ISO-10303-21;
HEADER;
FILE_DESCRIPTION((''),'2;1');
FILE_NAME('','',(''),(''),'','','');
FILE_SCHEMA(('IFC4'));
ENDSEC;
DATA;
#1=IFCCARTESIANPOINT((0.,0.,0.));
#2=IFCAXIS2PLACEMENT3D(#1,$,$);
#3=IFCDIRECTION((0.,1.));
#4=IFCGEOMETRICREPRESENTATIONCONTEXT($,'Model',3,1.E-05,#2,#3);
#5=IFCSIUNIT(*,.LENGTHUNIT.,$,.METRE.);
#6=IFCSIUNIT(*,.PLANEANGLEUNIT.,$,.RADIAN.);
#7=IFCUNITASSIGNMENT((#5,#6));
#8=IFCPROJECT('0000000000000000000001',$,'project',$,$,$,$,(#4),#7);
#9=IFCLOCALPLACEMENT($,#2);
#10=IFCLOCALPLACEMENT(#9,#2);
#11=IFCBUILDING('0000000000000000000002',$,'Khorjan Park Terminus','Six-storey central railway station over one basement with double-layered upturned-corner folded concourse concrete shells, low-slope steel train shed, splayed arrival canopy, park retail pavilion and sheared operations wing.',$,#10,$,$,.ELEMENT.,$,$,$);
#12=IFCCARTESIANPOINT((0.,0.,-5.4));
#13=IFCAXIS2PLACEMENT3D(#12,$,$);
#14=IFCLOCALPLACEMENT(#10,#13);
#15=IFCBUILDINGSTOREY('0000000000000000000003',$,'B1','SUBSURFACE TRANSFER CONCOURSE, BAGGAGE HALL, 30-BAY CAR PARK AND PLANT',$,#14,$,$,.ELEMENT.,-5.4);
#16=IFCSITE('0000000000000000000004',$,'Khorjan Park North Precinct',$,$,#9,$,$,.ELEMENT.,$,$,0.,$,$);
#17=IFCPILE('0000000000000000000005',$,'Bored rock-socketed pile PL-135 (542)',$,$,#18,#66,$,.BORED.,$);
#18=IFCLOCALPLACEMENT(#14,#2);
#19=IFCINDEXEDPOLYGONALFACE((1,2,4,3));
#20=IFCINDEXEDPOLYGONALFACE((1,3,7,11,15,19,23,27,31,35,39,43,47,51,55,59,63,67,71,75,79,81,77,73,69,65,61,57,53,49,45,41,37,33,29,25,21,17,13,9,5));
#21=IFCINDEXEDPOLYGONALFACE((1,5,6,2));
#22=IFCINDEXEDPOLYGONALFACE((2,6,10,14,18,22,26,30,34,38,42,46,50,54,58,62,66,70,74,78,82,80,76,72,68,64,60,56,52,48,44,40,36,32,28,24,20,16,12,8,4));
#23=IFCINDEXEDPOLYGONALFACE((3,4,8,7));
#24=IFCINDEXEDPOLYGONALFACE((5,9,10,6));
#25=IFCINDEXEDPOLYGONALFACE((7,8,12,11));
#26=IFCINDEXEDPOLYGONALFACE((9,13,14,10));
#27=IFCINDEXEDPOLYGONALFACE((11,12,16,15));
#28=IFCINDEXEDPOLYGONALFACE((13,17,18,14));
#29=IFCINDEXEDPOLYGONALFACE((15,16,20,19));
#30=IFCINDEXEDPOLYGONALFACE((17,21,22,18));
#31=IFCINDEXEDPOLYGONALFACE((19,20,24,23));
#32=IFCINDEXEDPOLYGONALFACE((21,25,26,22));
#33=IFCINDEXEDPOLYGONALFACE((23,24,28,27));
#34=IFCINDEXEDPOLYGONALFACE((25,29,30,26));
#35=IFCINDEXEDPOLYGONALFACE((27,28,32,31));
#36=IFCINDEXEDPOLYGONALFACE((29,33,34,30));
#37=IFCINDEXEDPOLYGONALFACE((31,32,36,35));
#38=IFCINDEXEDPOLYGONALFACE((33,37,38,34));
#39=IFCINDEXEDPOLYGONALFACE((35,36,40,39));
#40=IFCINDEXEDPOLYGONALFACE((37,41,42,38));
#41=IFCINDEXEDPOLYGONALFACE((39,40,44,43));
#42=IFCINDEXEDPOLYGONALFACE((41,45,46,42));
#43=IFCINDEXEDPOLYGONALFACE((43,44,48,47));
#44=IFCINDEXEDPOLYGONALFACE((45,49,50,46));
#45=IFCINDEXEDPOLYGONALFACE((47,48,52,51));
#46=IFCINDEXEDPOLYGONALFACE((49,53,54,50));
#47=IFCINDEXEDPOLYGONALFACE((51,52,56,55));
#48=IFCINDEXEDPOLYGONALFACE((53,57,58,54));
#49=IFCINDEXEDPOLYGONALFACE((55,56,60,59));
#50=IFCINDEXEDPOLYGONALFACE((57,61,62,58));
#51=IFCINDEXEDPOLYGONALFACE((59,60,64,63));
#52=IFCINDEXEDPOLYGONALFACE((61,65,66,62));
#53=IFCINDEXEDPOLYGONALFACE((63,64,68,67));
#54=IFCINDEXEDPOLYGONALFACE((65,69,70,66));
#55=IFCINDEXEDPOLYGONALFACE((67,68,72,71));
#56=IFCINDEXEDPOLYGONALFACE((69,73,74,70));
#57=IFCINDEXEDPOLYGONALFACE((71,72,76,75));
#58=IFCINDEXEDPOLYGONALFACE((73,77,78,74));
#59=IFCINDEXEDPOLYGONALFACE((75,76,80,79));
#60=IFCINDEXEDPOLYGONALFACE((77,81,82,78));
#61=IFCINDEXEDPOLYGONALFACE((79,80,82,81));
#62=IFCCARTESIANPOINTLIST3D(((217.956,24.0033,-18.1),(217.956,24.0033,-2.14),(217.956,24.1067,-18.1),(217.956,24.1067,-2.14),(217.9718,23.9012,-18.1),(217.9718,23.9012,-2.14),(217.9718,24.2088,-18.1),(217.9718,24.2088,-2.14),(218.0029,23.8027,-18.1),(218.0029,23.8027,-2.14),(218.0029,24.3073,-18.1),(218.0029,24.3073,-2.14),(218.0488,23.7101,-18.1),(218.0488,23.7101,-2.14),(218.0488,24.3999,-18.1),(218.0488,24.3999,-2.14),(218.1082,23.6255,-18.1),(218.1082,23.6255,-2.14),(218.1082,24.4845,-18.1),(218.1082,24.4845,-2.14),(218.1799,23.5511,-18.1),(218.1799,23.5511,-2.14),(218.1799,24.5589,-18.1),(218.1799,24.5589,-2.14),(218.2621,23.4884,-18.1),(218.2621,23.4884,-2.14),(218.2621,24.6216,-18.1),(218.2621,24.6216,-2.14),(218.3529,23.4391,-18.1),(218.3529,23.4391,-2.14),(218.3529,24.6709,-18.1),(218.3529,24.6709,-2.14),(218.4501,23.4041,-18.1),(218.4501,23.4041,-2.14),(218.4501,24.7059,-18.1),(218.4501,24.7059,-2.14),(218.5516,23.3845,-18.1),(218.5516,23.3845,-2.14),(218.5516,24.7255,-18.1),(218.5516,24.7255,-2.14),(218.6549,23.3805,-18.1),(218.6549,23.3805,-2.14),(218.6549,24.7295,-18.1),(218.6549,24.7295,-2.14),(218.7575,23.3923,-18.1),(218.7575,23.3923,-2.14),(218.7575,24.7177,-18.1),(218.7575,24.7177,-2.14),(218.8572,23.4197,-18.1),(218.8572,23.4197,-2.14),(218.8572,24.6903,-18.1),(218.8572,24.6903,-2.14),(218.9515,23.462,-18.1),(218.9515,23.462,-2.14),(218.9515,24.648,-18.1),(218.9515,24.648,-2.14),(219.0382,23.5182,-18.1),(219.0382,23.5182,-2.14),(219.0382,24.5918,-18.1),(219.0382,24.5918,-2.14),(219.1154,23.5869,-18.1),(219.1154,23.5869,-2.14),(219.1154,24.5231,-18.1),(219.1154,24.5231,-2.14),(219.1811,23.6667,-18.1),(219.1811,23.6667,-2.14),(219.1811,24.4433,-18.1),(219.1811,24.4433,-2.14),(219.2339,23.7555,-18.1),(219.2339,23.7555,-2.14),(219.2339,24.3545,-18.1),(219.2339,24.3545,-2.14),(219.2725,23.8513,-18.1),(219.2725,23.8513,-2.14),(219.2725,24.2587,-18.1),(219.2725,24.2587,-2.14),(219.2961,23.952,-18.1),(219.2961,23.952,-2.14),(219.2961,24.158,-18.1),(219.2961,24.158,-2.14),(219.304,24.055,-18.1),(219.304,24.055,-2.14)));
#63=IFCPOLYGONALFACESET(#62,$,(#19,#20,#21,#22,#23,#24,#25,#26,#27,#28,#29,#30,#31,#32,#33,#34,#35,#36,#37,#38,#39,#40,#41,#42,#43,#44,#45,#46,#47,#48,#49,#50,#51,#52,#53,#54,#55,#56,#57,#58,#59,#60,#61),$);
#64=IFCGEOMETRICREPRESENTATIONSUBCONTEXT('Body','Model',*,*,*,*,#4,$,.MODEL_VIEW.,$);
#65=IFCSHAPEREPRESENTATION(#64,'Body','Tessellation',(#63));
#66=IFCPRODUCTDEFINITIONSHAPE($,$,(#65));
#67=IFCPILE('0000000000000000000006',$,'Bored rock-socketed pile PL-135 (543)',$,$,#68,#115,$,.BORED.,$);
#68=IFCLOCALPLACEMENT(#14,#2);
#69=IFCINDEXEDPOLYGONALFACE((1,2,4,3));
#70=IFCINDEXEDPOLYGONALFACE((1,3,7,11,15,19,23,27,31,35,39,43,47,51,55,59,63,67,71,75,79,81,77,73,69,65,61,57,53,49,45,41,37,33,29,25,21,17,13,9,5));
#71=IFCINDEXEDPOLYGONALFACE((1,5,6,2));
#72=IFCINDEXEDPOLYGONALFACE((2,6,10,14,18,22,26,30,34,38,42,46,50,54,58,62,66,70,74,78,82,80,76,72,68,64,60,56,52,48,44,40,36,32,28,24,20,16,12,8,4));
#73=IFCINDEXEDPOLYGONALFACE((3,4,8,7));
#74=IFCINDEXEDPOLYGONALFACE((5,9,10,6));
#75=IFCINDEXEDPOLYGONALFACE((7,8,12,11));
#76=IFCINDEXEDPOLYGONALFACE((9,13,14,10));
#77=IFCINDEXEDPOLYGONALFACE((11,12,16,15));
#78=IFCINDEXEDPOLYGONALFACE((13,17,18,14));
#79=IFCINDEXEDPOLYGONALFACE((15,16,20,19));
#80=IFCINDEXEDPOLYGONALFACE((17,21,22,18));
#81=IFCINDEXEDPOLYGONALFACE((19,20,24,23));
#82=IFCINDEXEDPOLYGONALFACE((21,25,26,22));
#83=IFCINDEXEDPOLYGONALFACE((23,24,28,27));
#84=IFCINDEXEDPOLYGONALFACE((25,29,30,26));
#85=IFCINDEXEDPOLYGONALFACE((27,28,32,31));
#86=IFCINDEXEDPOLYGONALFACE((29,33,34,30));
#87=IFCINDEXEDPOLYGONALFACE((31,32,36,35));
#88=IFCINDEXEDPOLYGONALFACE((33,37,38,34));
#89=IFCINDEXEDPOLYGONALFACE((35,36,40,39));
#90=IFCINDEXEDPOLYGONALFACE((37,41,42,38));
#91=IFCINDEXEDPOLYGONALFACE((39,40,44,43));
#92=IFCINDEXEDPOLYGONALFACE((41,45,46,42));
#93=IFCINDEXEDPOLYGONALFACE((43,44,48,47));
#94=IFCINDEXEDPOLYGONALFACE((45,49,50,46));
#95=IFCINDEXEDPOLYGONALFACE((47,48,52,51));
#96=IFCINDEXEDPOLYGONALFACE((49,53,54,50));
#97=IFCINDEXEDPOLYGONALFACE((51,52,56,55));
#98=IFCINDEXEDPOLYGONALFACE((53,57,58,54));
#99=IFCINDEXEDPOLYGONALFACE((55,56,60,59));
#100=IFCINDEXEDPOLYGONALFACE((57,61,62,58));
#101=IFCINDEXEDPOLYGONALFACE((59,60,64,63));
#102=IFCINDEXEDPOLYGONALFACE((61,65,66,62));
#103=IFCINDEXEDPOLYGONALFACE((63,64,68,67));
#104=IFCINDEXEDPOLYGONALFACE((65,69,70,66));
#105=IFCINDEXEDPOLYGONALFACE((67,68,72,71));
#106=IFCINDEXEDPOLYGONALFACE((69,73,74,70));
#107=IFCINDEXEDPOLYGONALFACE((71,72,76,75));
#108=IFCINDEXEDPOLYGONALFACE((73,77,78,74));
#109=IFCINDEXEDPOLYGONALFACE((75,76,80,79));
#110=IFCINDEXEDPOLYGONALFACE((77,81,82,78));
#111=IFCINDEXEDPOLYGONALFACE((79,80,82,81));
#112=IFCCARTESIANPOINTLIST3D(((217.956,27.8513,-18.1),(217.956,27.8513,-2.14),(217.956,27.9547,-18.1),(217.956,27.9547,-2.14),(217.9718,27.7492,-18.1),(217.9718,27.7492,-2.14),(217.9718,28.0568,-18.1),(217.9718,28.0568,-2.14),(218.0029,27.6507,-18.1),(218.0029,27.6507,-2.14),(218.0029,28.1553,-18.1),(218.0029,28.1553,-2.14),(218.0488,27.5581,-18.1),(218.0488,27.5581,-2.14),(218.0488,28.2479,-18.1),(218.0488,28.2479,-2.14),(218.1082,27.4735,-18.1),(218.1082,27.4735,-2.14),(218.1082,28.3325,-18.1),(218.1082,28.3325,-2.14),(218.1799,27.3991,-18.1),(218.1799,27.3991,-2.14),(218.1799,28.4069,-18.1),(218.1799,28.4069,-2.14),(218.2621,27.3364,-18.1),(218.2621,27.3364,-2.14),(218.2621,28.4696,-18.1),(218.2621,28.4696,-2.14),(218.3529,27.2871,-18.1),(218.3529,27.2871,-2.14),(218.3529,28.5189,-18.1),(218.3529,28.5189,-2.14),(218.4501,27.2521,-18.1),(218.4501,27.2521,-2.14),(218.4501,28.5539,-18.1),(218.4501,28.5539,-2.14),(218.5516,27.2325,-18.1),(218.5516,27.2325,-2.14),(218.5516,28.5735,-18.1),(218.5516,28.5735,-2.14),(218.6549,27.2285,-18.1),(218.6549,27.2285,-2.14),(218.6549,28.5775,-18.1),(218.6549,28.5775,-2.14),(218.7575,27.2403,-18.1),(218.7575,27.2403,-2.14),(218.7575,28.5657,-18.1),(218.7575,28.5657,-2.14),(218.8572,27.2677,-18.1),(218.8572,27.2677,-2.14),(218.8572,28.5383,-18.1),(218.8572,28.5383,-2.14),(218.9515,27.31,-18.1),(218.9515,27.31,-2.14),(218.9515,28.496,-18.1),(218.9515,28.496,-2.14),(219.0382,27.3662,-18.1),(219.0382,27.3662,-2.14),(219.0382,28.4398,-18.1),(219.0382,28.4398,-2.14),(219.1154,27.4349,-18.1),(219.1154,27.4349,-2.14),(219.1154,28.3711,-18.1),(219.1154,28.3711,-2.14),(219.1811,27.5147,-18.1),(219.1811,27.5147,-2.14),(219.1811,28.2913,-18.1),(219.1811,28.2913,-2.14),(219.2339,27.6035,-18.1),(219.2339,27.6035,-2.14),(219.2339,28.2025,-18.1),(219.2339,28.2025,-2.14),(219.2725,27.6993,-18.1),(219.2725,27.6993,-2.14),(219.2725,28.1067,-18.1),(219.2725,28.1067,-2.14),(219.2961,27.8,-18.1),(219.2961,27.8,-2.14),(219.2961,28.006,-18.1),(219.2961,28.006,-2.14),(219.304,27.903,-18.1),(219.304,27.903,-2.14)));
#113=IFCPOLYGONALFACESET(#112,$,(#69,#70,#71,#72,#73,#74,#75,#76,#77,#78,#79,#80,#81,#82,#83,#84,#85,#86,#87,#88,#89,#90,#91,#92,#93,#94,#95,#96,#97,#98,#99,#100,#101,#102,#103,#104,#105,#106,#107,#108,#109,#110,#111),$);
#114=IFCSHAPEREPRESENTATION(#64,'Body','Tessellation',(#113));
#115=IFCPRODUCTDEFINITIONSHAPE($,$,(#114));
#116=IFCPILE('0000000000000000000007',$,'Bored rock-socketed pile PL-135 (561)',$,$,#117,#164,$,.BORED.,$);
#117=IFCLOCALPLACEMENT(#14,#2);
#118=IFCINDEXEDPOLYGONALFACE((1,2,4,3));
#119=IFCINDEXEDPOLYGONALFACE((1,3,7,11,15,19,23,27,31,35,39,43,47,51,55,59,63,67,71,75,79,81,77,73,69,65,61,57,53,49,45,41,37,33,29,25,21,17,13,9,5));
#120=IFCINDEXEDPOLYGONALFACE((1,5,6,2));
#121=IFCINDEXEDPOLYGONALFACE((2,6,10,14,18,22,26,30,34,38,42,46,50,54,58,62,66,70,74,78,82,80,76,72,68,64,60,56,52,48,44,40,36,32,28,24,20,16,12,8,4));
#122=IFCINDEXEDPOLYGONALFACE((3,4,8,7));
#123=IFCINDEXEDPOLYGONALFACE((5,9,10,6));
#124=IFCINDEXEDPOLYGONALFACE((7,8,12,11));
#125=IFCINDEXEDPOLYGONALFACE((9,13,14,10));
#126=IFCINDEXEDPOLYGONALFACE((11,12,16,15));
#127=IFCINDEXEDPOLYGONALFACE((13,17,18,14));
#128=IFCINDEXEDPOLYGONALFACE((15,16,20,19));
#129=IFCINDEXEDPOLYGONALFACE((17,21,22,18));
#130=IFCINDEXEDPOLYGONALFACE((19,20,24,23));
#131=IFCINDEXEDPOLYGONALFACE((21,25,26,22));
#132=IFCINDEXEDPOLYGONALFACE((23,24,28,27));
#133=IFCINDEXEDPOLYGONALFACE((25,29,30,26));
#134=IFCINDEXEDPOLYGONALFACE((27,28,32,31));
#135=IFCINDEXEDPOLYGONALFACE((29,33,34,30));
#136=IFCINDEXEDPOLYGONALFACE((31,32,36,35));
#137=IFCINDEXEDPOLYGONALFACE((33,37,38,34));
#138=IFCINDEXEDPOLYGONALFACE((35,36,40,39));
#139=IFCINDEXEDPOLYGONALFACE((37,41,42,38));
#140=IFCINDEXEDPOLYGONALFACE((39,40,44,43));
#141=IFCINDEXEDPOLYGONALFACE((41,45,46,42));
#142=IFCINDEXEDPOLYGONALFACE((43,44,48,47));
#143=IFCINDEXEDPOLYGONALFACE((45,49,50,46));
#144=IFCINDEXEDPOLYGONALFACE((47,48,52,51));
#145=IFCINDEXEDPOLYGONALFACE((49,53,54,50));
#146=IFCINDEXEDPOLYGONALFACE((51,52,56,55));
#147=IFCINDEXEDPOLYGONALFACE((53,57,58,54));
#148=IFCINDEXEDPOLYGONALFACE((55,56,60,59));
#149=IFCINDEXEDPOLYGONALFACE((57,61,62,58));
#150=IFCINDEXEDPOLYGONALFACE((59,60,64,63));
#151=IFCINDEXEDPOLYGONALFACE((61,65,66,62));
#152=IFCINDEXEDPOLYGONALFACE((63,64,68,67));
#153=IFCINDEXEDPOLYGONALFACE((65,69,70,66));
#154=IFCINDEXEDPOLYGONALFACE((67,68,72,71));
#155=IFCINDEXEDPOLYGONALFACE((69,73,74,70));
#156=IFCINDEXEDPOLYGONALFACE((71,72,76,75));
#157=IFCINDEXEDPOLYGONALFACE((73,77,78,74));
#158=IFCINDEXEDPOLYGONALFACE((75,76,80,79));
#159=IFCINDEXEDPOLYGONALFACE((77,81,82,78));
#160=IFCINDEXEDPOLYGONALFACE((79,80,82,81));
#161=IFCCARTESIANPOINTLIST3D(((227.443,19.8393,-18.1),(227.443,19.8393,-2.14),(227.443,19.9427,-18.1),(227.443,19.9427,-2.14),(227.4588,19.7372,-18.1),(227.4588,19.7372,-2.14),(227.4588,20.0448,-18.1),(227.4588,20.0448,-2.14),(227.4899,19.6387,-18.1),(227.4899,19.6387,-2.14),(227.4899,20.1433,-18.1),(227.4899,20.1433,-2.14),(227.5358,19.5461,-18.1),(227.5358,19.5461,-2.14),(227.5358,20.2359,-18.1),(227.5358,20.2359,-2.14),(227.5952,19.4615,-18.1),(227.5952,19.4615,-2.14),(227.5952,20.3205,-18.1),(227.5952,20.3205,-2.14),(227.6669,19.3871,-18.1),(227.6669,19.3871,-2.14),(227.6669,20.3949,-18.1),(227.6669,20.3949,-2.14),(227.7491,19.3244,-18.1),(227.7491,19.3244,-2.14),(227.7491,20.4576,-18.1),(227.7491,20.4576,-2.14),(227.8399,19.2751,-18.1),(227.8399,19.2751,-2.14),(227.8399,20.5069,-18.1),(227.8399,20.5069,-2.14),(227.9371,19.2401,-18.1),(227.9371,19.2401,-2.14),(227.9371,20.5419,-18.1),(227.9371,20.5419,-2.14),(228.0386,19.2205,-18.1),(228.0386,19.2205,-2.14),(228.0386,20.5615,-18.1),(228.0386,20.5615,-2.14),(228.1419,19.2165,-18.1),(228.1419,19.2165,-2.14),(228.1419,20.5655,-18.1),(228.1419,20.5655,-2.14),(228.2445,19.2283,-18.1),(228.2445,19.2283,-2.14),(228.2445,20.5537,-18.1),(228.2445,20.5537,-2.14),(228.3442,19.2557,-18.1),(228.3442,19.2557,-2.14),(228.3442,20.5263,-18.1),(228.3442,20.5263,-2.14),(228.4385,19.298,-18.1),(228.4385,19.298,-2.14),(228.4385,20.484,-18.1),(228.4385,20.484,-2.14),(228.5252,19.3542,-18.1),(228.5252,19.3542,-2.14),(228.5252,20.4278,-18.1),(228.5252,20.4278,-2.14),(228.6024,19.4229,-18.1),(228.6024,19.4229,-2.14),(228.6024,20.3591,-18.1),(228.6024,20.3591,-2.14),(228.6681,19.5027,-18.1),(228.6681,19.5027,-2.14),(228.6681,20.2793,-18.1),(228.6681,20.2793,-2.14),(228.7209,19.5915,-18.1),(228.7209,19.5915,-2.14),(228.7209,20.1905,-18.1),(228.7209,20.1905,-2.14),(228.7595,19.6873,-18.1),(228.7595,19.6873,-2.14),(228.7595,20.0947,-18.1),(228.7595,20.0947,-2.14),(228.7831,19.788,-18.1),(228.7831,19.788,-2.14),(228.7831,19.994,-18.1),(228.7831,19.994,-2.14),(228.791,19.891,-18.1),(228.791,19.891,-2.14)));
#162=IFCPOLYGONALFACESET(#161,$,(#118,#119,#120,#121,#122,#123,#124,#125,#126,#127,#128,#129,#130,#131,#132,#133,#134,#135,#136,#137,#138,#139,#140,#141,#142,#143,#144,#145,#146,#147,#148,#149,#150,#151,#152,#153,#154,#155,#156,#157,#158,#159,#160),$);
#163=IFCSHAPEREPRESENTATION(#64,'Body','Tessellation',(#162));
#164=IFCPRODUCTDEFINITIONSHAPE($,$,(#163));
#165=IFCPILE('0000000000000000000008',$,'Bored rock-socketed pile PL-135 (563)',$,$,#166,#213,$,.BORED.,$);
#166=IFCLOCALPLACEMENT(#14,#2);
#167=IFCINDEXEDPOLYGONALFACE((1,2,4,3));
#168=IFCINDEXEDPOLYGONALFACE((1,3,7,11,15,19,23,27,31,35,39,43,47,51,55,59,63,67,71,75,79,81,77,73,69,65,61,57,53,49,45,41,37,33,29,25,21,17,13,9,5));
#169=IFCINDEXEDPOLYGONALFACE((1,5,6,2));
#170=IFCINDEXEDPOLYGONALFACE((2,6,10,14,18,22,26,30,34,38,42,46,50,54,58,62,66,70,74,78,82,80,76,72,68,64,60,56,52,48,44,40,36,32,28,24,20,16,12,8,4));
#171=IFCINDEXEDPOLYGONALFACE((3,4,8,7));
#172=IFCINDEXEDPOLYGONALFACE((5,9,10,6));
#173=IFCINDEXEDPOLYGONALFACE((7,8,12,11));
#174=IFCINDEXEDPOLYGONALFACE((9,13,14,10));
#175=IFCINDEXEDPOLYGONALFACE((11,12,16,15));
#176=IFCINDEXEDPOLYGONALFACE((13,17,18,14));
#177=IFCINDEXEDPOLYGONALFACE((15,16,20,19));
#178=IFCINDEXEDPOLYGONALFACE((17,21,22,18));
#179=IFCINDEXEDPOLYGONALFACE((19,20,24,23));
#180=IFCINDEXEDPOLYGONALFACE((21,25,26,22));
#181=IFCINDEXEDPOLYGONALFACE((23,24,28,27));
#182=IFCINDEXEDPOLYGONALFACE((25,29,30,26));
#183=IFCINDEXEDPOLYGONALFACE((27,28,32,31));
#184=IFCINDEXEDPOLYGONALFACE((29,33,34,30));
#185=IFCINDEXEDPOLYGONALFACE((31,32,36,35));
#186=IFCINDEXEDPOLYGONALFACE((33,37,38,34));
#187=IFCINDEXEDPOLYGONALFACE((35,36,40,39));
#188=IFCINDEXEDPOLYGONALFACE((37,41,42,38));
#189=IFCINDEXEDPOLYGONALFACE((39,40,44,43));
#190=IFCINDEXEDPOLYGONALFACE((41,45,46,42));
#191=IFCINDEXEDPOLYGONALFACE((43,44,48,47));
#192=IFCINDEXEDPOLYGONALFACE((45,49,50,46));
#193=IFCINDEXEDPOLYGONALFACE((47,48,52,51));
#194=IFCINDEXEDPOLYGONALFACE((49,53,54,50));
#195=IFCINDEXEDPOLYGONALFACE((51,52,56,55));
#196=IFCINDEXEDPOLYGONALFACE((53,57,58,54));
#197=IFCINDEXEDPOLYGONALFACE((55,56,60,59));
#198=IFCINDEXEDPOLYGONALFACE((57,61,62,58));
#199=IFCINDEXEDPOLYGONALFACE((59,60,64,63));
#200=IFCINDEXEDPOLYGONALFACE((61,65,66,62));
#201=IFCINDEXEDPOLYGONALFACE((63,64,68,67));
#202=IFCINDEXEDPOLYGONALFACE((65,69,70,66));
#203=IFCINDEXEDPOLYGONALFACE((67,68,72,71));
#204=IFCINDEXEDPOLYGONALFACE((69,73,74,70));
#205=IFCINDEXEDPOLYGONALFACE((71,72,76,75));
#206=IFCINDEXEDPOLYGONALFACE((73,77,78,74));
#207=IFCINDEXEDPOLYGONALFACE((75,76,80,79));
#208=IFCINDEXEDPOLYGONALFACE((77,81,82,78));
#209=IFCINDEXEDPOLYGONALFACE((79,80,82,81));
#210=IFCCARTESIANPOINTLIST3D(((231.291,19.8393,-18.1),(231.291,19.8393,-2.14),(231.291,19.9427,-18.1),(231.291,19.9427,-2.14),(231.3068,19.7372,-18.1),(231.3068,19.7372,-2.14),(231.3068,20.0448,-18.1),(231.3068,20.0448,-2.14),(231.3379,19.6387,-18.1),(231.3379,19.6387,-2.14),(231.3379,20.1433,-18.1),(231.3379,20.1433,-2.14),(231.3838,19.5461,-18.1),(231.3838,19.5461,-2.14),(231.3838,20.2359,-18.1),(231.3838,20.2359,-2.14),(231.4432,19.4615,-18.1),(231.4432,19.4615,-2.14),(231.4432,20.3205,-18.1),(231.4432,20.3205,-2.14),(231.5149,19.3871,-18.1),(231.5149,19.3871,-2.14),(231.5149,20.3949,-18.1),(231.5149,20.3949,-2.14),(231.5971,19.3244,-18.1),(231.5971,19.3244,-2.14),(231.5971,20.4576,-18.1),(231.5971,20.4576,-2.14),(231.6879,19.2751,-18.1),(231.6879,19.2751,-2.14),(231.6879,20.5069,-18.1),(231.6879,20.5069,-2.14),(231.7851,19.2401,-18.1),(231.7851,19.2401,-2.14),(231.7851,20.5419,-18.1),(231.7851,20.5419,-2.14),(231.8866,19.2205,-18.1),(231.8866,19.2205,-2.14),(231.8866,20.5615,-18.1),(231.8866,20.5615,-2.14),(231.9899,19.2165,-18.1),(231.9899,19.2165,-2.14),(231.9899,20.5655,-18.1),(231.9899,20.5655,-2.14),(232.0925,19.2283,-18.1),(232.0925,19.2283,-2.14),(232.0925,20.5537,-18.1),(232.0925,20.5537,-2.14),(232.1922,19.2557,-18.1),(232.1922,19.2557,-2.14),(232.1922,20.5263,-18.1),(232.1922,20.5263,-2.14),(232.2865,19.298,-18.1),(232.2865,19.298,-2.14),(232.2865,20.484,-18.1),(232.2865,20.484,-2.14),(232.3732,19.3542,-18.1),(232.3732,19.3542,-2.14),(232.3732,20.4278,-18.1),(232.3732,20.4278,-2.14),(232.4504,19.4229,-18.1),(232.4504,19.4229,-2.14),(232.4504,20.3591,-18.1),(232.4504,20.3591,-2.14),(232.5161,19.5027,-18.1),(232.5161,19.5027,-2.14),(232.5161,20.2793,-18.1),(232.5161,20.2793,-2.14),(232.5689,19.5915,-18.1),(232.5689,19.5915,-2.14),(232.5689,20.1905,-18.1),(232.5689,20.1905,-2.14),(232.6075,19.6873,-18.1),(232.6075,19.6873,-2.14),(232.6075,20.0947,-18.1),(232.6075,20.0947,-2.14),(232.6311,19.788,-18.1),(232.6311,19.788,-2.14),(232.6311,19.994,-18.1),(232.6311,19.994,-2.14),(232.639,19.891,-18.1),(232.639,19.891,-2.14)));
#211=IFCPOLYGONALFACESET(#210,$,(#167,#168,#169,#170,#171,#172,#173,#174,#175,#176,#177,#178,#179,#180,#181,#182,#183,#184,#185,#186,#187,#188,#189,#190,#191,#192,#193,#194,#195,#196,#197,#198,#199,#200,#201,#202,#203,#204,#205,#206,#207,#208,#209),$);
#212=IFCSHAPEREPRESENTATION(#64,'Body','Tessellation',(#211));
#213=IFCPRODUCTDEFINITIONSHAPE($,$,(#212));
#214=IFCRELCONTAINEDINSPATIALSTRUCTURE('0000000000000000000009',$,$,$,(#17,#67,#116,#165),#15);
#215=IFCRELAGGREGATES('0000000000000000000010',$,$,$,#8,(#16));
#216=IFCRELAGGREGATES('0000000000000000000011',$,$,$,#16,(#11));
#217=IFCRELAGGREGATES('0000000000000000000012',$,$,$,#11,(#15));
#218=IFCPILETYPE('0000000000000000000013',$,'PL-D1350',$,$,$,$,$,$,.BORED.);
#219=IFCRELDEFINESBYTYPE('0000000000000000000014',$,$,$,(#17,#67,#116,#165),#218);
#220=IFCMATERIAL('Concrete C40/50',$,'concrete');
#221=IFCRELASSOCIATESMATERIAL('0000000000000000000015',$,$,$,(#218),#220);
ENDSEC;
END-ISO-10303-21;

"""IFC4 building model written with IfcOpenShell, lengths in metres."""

from ifc_helpers import new_model, si_unit, direction, frame, origin, origin_2d, place, context, subcontext, project, spatial, circle, extrude, material, material_profile, profile_set, type_object, element, save


model = new_model("IFC4")

# Units and contexts
model_context = context("Model", 3, precision=1e-05, world=origin(), true_north=direction((0.0, 1.0)))
body_context = subcontext(model_context, "Body", "Model", "MODEL_VIEW")
ifc_project = project(units=[si_unit("LENGTHUNIT", "METRE"), si_unit("PLANEANGLEUNIT", "RADIAN")], contexts=[model_context])

# Site, building, storey
site_placement = place(None, origin())
site = spatial("IfcSite", under=ifc_project, at=site_placement, Name="Khorjan Park North Precinct", CompositionType="ELEMENT", RefElevation=0.0)
building_placement = place(site_placement, origin())
building = spatial("IfcBuilding", under=site, at=building_placement, Name="Khorjan Park Terminus", Description="Six-storey central railway station over one basement with double-layered upturned-corner folded concourse concrete shells, low-slope steel train shed, splayed arrival canopy, park retail pavilion and sheared operations wing.", CompositionType="ELEMENT")
storey_placement = place(building_placement, frame((0.0, 0.0, -5.4)))
storey = spatial("IfcBuildingStorey", under=building, at=storey_placement, Name="B1", Description="SUBSURFACE TRANSFER CONCOURSE, BAGGAGE HALL, 30-BAY CAR PARK AND PLANT", CompositionType="ELEMENT", Elevation=-5.4)

# Piles
ifc_material_1 = material(Name="Concrete C40/50", Category="concrete")
ifc_material_profile_1 = material_profile(ifc_material_1, circle(Radius=0.675, at=origin_2d()), Name="BORED D1350")
ifc_profile_set_1 = profile_set([ifc_material_profile_1], Name="Concrete C40/50")
pile_type = type_object("IfcPileType", Name="PL-D1350", PredefinedType="BORED", material=ifc_profile_set_1)
for number, where, z_axis, x_axis, name in (
    (1, (218.629, 24.055, -2.14), (0.0, 0.0, -1.0), (1.0, 0.0, 0.0), "Bored rock-socketed pile PL-135 (542)"),
    (2, (218.629, 27.903, -2.14), (0.0, 0.0, -1.0), (1.0, 0.0, 0.0), "Bored rock-socketed pile PL-135 (543)"),
    (3, (228.116, 19.891, -2.14), (0.0, 0.0, -1.0), (1.0, 0.0, 0.0), "Bored rock-socketed pile PL-135 (561)"),
    (4, (231.964, 19.891, -2.14), (0.0, 0.0, -1.0), (1.0, 0.0, 0.0), "Bored rock-socketed pile PL-135 (563)"),
):
    element("IfcPile", number, at=place(storey_placement, frame(where, z_axis=z_axis, x_axis=x_axis)), inside=storey, type_object=pile_type, Name=name, PredefinedType="BORED", context=body_context, shape_type="SweptSolid", body=[
        extrude(circle(Radius=0.675, at=origin_2d()), origin(), (0.0, 0.0, 1.0), 15.96),
    ])

save(model, "model.ifc")
